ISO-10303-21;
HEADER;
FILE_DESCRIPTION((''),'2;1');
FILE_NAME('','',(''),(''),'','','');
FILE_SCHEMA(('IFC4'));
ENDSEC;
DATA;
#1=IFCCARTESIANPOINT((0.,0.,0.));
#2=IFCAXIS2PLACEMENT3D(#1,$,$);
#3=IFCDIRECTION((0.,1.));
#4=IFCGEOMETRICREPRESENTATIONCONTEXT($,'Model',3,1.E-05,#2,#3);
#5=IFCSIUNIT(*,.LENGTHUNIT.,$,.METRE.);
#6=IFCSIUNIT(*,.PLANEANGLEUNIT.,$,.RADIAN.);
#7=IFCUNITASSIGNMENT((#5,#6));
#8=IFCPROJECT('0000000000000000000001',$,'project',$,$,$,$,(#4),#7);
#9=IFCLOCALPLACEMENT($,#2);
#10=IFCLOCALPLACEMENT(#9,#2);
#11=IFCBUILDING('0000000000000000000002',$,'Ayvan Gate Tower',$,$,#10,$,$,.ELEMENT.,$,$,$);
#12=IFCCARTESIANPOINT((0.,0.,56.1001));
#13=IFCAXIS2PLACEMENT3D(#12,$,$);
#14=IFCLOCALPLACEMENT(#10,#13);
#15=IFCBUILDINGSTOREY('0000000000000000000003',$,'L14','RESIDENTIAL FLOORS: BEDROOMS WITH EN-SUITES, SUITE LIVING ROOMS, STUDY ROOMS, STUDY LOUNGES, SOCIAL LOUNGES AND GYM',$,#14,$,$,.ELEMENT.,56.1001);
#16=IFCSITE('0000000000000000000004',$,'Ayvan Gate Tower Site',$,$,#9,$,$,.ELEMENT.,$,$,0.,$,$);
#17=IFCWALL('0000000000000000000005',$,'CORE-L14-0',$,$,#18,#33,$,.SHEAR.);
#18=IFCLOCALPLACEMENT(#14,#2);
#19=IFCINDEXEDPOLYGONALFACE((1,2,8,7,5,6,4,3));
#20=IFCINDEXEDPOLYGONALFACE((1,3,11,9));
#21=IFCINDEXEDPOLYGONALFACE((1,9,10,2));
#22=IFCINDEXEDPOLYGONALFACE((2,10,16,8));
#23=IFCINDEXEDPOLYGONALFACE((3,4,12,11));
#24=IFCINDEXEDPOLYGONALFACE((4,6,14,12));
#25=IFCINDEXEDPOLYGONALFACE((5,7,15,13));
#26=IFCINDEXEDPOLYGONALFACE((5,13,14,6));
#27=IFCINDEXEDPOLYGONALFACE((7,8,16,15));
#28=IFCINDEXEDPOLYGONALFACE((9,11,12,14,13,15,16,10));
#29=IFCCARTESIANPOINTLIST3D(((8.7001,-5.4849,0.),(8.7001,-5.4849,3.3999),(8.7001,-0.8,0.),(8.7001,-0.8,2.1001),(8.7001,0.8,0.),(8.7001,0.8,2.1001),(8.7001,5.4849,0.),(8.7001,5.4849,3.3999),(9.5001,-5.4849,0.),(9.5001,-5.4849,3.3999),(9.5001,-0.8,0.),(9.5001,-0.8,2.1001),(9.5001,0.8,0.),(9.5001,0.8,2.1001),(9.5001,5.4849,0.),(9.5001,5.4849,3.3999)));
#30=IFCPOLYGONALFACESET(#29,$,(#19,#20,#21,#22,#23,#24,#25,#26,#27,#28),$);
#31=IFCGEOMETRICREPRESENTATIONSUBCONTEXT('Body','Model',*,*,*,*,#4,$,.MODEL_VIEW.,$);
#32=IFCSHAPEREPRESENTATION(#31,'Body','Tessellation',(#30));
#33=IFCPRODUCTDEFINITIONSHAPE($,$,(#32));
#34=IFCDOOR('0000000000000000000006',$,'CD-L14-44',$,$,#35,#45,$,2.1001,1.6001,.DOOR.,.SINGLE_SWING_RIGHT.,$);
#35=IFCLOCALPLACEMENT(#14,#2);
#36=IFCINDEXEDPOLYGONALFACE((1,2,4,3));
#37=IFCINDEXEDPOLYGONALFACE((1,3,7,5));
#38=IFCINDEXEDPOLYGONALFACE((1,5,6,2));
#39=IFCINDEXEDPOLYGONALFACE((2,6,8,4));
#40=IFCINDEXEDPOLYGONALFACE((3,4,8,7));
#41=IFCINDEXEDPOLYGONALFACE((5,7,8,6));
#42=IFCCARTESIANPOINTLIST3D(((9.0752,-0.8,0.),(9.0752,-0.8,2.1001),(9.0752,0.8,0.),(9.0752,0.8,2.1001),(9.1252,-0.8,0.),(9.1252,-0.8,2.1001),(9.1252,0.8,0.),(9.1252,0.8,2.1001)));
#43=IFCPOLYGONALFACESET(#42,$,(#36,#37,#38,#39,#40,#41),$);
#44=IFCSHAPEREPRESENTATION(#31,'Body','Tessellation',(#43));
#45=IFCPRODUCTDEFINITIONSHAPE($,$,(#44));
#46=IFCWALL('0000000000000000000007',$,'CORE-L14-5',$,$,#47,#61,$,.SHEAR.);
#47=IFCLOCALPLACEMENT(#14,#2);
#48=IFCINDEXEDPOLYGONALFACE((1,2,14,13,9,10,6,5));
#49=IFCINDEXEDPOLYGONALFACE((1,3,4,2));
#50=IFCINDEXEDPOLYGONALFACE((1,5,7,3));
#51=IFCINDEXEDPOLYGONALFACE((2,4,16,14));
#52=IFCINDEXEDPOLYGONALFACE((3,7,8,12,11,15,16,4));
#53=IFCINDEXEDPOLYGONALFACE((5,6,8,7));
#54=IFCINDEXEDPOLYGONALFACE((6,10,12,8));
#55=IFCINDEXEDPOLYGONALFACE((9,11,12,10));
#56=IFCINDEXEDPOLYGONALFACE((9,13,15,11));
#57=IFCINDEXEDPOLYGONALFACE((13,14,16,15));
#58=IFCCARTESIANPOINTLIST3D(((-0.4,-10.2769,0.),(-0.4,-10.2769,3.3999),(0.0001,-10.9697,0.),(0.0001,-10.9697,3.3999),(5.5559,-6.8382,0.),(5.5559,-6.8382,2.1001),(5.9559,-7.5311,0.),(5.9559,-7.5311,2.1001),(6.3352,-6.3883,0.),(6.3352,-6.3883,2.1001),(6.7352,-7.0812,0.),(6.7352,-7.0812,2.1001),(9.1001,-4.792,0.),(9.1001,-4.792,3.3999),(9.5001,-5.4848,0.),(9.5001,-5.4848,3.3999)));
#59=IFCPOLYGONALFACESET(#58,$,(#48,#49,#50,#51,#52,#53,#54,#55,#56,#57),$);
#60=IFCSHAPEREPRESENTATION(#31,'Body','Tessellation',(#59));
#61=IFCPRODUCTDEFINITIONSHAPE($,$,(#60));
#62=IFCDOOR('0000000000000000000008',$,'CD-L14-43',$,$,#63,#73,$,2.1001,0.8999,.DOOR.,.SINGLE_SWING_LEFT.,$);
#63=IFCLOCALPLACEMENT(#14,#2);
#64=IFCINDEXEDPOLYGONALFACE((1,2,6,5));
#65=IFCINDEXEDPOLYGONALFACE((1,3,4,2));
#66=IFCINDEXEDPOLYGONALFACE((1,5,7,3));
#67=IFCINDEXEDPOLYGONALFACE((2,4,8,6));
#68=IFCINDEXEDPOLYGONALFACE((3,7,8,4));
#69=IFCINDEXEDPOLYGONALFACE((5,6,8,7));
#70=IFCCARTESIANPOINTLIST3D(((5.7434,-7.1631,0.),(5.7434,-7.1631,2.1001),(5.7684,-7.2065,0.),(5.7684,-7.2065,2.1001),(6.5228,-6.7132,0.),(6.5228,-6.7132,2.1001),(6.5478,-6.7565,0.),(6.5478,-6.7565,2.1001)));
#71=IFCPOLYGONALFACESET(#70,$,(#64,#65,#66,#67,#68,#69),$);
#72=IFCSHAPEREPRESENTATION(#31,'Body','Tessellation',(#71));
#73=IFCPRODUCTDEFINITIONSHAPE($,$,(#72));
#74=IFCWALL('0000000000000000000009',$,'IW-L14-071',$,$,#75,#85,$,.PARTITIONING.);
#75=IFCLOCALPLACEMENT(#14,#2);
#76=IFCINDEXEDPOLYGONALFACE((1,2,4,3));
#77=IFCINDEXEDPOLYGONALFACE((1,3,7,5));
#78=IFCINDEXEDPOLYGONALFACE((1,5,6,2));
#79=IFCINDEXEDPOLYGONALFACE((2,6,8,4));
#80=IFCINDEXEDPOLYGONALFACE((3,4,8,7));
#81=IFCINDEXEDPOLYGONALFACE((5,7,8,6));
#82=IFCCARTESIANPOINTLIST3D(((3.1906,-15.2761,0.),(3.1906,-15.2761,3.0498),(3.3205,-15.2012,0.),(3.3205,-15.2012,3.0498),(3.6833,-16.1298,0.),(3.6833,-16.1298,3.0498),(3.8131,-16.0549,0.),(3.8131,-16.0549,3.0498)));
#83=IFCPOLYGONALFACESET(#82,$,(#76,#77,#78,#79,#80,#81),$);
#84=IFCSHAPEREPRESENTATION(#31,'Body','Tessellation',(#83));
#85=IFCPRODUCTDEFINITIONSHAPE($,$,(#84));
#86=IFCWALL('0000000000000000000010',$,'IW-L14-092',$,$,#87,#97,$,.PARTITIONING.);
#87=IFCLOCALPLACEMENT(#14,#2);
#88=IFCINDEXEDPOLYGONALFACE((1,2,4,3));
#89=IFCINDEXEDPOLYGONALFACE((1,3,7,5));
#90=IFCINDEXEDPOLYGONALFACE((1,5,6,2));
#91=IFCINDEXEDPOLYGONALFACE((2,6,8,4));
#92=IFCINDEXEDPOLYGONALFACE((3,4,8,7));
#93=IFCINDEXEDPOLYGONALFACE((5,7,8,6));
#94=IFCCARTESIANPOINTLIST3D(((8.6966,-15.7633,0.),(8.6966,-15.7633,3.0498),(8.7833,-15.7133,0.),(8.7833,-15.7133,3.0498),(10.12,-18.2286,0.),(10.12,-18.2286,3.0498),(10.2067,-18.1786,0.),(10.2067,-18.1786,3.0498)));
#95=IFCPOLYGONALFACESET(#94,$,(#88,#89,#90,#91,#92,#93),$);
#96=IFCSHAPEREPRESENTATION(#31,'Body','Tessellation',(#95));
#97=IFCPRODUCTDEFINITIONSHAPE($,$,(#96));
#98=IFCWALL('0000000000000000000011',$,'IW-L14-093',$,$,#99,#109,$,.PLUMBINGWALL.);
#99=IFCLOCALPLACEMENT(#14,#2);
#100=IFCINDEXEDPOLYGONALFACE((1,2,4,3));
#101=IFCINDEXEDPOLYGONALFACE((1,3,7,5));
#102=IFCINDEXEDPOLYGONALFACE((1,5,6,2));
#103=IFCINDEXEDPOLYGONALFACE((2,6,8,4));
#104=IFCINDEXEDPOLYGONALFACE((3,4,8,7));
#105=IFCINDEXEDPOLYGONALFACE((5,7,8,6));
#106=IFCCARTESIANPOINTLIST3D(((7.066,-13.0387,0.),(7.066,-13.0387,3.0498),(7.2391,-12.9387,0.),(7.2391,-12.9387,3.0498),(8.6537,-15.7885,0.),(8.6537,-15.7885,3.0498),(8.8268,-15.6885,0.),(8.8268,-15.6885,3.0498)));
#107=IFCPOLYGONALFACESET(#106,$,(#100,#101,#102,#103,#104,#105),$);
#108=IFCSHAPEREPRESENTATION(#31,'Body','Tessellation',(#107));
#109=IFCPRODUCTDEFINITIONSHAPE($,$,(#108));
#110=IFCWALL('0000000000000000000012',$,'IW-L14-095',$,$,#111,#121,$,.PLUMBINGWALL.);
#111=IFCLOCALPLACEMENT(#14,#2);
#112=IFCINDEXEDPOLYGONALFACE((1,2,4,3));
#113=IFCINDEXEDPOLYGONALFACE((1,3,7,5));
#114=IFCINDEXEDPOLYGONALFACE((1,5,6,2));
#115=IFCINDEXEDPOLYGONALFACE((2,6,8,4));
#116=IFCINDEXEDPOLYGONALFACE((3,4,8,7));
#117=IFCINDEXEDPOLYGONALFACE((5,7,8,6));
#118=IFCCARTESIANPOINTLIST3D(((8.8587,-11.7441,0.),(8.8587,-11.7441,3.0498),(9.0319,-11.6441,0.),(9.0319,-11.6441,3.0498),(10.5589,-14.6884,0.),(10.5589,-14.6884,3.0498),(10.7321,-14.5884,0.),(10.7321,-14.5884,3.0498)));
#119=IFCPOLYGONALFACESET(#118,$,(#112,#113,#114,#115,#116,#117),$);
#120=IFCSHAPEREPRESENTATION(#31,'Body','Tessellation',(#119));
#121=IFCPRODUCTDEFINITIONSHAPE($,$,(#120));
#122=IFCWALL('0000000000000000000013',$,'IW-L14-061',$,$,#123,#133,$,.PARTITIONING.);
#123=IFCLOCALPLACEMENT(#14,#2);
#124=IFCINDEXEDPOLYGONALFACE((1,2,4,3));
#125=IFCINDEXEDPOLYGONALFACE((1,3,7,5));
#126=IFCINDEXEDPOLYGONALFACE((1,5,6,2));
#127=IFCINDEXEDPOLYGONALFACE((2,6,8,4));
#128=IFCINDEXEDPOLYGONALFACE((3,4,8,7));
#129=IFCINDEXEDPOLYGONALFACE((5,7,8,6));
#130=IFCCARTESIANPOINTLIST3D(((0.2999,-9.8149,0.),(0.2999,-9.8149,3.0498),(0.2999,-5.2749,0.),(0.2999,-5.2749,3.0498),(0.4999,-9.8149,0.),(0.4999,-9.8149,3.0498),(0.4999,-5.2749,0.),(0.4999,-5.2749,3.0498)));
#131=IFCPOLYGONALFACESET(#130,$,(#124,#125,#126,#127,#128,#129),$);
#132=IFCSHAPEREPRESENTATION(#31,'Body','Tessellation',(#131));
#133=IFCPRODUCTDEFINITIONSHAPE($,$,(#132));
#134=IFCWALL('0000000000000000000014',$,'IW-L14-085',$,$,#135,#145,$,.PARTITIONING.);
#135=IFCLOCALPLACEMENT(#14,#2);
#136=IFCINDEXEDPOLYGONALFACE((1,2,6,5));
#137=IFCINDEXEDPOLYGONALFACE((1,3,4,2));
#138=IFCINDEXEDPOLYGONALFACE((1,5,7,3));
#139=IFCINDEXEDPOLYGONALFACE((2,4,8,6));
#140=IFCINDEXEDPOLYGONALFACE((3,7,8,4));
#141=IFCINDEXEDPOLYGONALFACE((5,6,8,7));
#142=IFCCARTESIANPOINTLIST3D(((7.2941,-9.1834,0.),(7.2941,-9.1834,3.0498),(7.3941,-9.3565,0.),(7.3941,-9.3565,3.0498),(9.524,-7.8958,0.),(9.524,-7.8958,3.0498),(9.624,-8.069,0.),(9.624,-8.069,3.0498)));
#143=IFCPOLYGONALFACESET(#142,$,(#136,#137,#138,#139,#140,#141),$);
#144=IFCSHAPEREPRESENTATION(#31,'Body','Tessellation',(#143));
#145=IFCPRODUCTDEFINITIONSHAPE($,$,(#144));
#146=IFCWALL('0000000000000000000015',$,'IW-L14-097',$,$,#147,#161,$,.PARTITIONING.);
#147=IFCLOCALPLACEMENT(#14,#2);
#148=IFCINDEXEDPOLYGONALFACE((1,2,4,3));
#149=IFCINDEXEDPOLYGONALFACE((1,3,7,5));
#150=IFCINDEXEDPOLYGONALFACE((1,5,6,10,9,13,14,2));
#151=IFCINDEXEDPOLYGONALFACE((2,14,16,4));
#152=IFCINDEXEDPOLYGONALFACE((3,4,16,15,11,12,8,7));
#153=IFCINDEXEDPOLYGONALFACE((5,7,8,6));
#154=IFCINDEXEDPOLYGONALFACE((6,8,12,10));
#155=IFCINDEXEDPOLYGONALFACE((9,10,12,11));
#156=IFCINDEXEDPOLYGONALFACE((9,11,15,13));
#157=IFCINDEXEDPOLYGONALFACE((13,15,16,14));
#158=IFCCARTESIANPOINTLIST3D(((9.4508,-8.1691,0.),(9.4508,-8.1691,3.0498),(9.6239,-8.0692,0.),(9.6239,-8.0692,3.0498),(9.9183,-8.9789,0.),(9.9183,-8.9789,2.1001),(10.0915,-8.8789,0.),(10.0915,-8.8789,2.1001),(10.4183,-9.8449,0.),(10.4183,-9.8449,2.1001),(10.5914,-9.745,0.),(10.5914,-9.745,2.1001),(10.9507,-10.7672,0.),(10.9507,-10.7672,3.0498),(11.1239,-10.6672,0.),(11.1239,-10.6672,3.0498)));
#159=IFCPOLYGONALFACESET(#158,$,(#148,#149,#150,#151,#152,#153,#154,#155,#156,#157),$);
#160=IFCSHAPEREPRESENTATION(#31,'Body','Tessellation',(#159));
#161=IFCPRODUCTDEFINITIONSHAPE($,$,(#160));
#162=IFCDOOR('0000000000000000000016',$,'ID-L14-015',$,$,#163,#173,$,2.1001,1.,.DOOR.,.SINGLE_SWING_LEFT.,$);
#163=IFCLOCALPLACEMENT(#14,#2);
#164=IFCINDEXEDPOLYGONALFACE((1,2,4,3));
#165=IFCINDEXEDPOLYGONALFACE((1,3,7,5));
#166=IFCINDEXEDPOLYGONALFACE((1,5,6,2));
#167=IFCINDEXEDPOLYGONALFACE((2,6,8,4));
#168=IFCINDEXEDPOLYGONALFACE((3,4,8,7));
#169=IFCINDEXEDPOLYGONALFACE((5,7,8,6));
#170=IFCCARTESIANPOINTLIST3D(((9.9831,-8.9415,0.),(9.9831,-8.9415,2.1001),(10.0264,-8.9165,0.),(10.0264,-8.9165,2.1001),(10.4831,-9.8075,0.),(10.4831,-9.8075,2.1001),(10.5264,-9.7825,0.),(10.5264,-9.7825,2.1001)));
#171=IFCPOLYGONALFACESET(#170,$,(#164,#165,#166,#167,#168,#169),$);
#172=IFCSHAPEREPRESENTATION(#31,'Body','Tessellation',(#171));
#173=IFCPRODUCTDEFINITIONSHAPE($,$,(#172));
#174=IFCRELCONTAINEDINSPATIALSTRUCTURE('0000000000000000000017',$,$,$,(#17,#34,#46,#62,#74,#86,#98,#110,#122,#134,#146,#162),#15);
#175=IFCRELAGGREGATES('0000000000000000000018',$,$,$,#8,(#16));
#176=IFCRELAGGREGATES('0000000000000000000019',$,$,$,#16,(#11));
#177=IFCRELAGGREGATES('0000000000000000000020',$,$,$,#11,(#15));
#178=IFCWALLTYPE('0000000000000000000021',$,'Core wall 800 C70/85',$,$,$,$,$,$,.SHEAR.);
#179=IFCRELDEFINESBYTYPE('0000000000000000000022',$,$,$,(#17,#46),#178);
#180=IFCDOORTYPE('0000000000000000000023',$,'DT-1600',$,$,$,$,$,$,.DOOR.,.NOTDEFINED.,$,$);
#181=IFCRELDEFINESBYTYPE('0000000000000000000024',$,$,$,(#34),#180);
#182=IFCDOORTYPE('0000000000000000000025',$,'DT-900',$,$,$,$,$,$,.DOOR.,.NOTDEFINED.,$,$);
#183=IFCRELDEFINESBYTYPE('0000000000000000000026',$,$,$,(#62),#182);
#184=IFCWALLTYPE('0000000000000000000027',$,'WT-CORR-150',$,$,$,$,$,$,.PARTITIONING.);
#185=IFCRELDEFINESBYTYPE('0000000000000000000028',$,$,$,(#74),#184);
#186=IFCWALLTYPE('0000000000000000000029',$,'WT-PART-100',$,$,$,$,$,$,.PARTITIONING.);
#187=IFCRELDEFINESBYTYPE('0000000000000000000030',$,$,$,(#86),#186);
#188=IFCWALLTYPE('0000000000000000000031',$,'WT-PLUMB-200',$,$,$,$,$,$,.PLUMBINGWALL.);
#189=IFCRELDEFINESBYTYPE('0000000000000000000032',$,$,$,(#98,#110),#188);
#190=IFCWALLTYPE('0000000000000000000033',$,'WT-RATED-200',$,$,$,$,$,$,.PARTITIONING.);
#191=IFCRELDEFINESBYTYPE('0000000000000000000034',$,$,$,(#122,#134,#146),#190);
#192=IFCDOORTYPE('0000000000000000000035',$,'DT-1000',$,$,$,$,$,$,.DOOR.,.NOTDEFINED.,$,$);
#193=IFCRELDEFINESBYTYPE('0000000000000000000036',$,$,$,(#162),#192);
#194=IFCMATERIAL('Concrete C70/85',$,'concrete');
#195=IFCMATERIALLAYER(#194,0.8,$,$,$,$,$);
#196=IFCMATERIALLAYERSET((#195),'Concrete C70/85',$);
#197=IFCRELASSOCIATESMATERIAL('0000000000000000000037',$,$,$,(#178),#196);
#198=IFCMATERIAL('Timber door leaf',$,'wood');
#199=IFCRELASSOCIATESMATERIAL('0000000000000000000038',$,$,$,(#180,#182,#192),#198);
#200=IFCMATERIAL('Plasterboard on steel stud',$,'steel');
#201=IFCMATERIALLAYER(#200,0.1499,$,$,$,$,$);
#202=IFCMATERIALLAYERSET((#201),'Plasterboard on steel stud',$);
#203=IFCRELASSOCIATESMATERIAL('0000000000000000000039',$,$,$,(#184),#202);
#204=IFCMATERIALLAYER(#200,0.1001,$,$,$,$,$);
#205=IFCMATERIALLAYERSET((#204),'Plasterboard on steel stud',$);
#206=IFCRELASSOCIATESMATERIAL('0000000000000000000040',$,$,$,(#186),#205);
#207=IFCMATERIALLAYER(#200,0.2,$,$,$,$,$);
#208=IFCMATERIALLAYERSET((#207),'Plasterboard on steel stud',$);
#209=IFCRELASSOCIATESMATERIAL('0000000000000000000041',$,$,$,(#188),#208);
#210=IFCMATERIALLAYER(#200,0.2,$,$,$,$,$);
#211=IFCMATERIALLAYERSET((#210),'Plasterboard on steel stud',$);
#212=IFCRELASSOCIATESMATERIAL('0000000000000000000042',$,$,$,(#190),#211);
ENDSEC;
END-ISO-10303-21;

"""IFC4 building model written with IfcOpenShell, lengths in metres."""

from ifc_helpers import new_model, si_unit, direction, frame, frame_2d, origin, place, context, subcontext, project, spatial, rectangle, extrude, material, layer, layer_set, type_object, element, fill, save


model = new_model("IFC4")

# Units and contexts
model_context = context("Model", 3, precision=1e-05, world=origin(), true_north=direction((0.0, 1.0)))
body_context = subcontext(model_context, "Body", "Model", "MODEL_VIEW")
ifc_project = project(units=[si_unit("LENGTHUNIT", "METRE"), si_unit("PLANEANGLEUNIT", "RADIAN")], contexts=[model_context])

# Site, building, storey
site_placement = place(None, origin())
site = spatial("IfcSite", under=ifc_project, at=site_placement, Name="Ayvan Gate Tower Site", CompositionType="ELEMENT", RefElevation=0.0)
building_placement = place(site_placement, origin())
building = spatial("IfcBuilding", under=site, at=building_placement, Name="Ayvan Gate Tower", CompositionType="ELEMENT")
storey_placement = place(building_placement, frame((0.0, 0.0, 56.1001)))
storey = spatial("IfcBuildingStorey", under=building, at=storey_placement, Name="L14", Description="RESIDENTIAL FLOORS: BEDROOMS WITH EN-SUITES, SUITE LIVING ROOMS, STUDY ROOMS, STUDY LOUNGES, SOCIAL LOUNGES AND GYM", CompositionType="ELEMENT", Elevation=56.1001)

# Walls, openings, doors
ifc_material_1 = material(Name="Concrete C70/85", Category="concrete")
ifc_layer_1 = layer(ifc_material_1, 0.8)
ifc_layer_set_1 = layer_set([ifc_layer_1], Name="Concrete C70/85")
wall_type_1 = type_object("IfcWallType", Name="Core wall 800 C70/85", PredefinedType="SHEAR", material=ifc_layer_set_1)
wall_1_placement = place(storey_placement, frame((9.1001, -5.4849, 0.0), z_axis=(0.0, 0.0, 1.0), x_axis=(0.0, 1.0, 0.0)))
wall_1 = element("IfcWall", 1, at=wall_1_placement, inside=storey, type_object=wall_type_1, Name="CORE-L14-0", PredefinedType="SHEAR", context=body_context, shape_type="SweptSolid", body=[
    extrude(rectangle(XDim=10.9697, YDim=0.8, at=frame_2d((5.4849, 0.0))), origin(), (0.0, 0.0, 1.0), 3.3999),
])
opening_1_placement = place(wall_1_placement, frame((4.6848, 0.0, 0.0)))
opening_1 = element("IfcOpeningElement", 2, at=opening_1_placement, cuts=wall_1, PredefinedType="OPENING", context=body_context, shape_type="SweptSolid", body=[
    extrude(rectangle(XDim=1.6001, YDim=2.1001, at=frame_2d((0.8, 1.05))), frame((0.0, 0.4099, 0.0), z_axis=(0.0, -1.0, 0.0), x_axis=(1.0, 0.0, 0.0)), (0.0, 0.0, 1.0), 0.8201),
])
ifc_material_2 = material(Name="Timber door leaf", Category="wood")
door_type_1 = type_object("IfcDoorType", Name="DT-1600", OperationType="NOTDEFINED", PredefinedType="DOOR", material=ifc_material_2)
door_1_placement = place(opening_1_placement, origin())
door_1 = element("IfcDoor", 3, at=door_1_placement, inside=storey, type_object=door_type_1, Name="CD-L14-44", OperationType="SINGLE_SWING_RIGHT", OverallHeight=2.1001, OverallWidth=1.6001, PredefinedType="DOOR", context=body_context, shape_type="SweptSolid", body=[
    extrude(rectangle(XDim=1.6001, YDim=2.1001, at=frame_2d((0.8, 1.05))), frame((0.0, 0.0249, 0.0), z_axis=(0.0, -1.0, 0.0), x_axis=(1.0, 0.0, 0.0)), (0.0, 0.0, 1.0), 0.05),
])
fill(opening_1, door_1)
wall_2_placement = place(storey_placement, frame((-0.2, -10.6233, 0.0), z_axis=(0.0, 0.0, 1.0), x_axis=(0.866024, 0.500002, 0.0)))
wall_2 = element("IfcWall", 4, at=wall_2_placement, inside=storey, type_object=wall_type_1, Name="CORE-L14-5", PredefinedType="SHEAR", context=body_context, shape_type="SweptSolid", body=[
    extrude(rectangle(XDim=10.9697, YDim=0.8, at=frame_2d((5.4849, 0.0))), origin(), (0.0, 0.0, 1.0), 3.3999),
])
opening_2_placement = place(wall_2_placement, frame((6.8772, 0.0, 0.0)))
opening_2 = element("IfcOpeningElement", 5, at=opening_2_placement, cuts=wall_2, PredefinedType="OPENING", context=body_context, shape_type="SweptSolid", body=[
    extrude(rectangle(XDim=0.8999, YDim=2.1001, at=frame_2d((0.45, 1.05))), frame((0.0, 0.4099, 0.0), z_axis=(0.0, -1.0, 0.0), x_axis=(1.0, 0.0, 0.0)), (0.0, 0.0, 1.0), 0.8201),
])
door_type_2 = type_object("IfcDoorType", Name="DT-900", OperationType="NOTDEFINED", PredefinedType="DOOR", material=ifc_material_2)
door_2_placement = place(opening_2_placement, origin())
door_2 = element("IfcDoor", 6, at=door_2_placement, inside=storey, type_object=door_type_2, Name="CD-L14-43", OperationType="SINGLE_SWING_LEFT", OverallHeight=2.1001, OverallWidth=0.8999, PredefinedType="DOOR", context=body_context, shape_type="SweptSolid", body=[
    extrude(rectangle(XDim=0.8999, YDim=2.1001, at=frame_2d((0.45, 1.05))), frame((0.0, 0.0249, 0.0), z_axis=(0.0, -1.0, 0.0), x_axis=(1.0, 0.0, 0.0)), (0.0, 0.0, 1.0), 0.05),
])
fill(opening_2, door_2)

# Walls
ifc_material_3 = material(Name="Plasterboard on steel stud", Category="steel")
ifc_layer_2 = layer(ifc_material_3, 0.1499)
ifc_layer_set_2 = layer_set([ifc_layer_2], Name="Plasterboard on steel stud")
wall_type_2 = type_object("IfcWallType", Name="WT-CORR-150", PredefinedType="PARTITIONING", material=ifc_layer_set_2)
wall_3_placement = place(storey_placement, frame((3.2556, -15.2388, 0.0), z_axis=(0.0, 0.0, 1.0), x_axis=(0.499815, -0.866132, 0.0)))
element("IfcWall", 7, at=wall_3_placement, inside=storey, type_object=wall_type_2, Name="IW-L14-071", PredefinedType="PARTITIONING", context=body_context, shape_type="SweptSolid", body=[
    extrude(rectangle(XDim=0.9856, YDim=0.1499, at=frame_2d((0.4927, 0.0))), origin(), (0.0, 0.0, 1.0), 3.0498),
])
ifc_layer_3 = layer(ifc_material_3, 0.1001)
ifc_layer_set_3 = layer_set([ifc_layer_3], Name="Plasterboard on steel stud")
wall_type_3 = type_object("IfcWallType", Name="WT-PART-100", PredefinedType="PARTITIONING", material=ifc_layer_set_3)
wall_4_placement = place(storey_placement, frame((8.74, -15.7383, 0.0), z_axis=(0.0, 0.0, 1.0), x_axis=(0.499995, -0.866028, 0.0)))
element("IfcWall", 8, at=wall_4_placement, inside=storey, type_object=wall_type_3, Name="IW-L14-092", PredefinedType="PARTITIONING", context=body_context, shape_type="SweptSolid", body=[
    extrude(rectangle(XDim=2.8467, YDim=0.1001, at=frame_2d((1.4233, 0.0))), origin(), (0.0, 0.0, 1.0), 3.0498),
])
ifc_layer_4 = layer(ifc_material_3, 0.2)
ifc_layer_set_4 = layer_set([ifc_layer_4], Name="Plasterboard on steel stud")
wall_type_4 = type_object("IfcWallType", Name="WT-PLUMB-200", PredefinedType="PLUMBINGWALL", material=ifc_layer_set_4)
wall_5_placement = place(storey_placement, frame((8.7402, -15.7385, 0.0), z_axis=(0.0, 0.0, 1.0), x_axis=(-0.500018, 0.866015, 0.0)))
element("IfcWall", 9, at=wall_5_placement, inside=storey, type_object=wall_type_4, Name="IW-L14-093", PredefinedType="PLUMBINGWALL", context=body_context, shape_type="SweptSolid", body=[
    extrude(rectangle(XDim=3.1753, YDim=0.2, at=frame_2d((1.5876, 0.0))), origin(), (0.0, 0.0, 1.0), 3.0498),
])
wall_6_placement = place(storey_placement, frame((8.9453, -11.6941, 0.0), z_axis=(0.0, 0.0, 1.0), x_axis=(0.500062, -0.865989, 0.0)))
element("IfcWall", 10, at=wall_6_placement, inside=storey, type_object=wall_type_4, Name="IW-L14-095", PredefinedType="PLUMBINGWALL", context=body_context, shape_type="SweptSolid", body=[
    extrude(rectangle(XDim=3.3999, YDim=0.2, at=frame_2d((1.7, 0.0))), origin(), (0.0, 0.0, 1.0), 3.0498),
])
ifc_layer_5 = layer(ifc_material_3, 0.2)
ifc_layer_set_5 = layer_set([ifc_layer_5], Name="Plasterboard on steel stud")
wall_type_5 = type_object("IfcWallType", Name="WT-RATED-200", PredefinedType="PARTITIONING", material=ifc_layer_set_5)
wall_7_placement = place(storey_placement, frame((0.3999, -5.2749, 0.0), z_axis=(0.0, 0.0, 1.0), x_axis=(0.0, -1.0, 0.0)))
element("IfcWall", 11, at=wall_7_placement, inside=storey, type_object=wall_type_5, Name="IW-L14-061", PredefinedType="PARTITIONING", context=body_context, shape_type="SweptSolid", body=[
    extrude(rectangle(XDim=4.54, YDim=0.2, at=frame_2d((2.27, 0.0))), origin(), (0.0, 0.0, 1.0), 3.0498),
])
wall_8_placement = place(storey_placement, frame((7.344, -9.27, 0.0), z_axis=(0.0, 0.0, 1.0), x_axis=(0.866006, 0.500034, 0.0)))
element("IfcWall", 12, at=wall_8_placement, inside=storey, type_object=wall_type_5, Name="IW-L14-085", PredefinedType="PARTITIONING", context=body_context, shape_type="SweptSolid", body=[
    extrude(rectangle(XDim=2.575, YDim=0.2, at=frame_2d((1.2876, 0.0))), origin(), (0.0, 0.0, 1.0), 3.0498),
])

# Wall, opening, door
wall_9_placement = place(storey_placement, frame((9.5374, -8.1191, 0.0), z_axis=(0.0, 0.0, 1.0), x_axis=(0.49999, -0.866031, 0.0)))
wall_9 = element("IfcWall", 13, at=wall_9_placement, inside=storey, type_object=wall_type_5, Name="IW-L14-097", PredefinedType="PARTITIONING", context=body_context, shape_type="SweptSolid", body=[
    extrude(rectangle(XDim=3.0, YDim=0.2, at=frame_2d((1.5, 0.0))), origin(), (0.0, 0.0, 1.0), 3.0498),
])
opening_3_placement = place(wall_9_placement, frame((0.9351, 0.0, 0.0)))
opening_3 = element("IfcOpeningElement", 14, at=opening_3_placement, cuts=wall_9, PredefinedType="OPENING", context=body_context, shape_type="SweptSolid", body=[
    extrude(rectangle(XDim=1.0, YDim=2.1001, at=frame_2d((0.5, 1.05))), frame((0.0, 0.1099, 0.0), z_axis=(0.0, -1.0, 0.0), x_axis=(1.0, 0.0, 0.0)), (0.0, 0.0, 1.0), 0.22),
])
door_type_3 = type_object("IfcDoorType", Name="DT-1000", OperationType="NOTDEFINED", PredefinedType="DOOR", material=ifc_material_2)
door_3_placement = place(opening_3_placement, origin())
door_3 = element("IfcDoor", 15, at=door_3_placement, inside=storey, type_object=door_type_3, Name="ID-L14-015", OperationType="SINGLE_SWING_LEFT", OverallHeight=2.1001, OverallWidth=1.0, PredefinedType="DOOR", context=body_context, shape_type="SweptSolid", body=[
    extrude(rectangle(XDim=1.0, YDim=2.1001, at=frame_2d((0.5, 1.05))), frame((0.0, 0.0249, 0.0), z_axis=(0.0, -1.0, 0.0), x_axis=(1.0, 0.0, 0.0)), (0.0, 0.0, 1.0), 0.05),
])
fill(opening_3, door_3)

save(model, "model.ifc")
